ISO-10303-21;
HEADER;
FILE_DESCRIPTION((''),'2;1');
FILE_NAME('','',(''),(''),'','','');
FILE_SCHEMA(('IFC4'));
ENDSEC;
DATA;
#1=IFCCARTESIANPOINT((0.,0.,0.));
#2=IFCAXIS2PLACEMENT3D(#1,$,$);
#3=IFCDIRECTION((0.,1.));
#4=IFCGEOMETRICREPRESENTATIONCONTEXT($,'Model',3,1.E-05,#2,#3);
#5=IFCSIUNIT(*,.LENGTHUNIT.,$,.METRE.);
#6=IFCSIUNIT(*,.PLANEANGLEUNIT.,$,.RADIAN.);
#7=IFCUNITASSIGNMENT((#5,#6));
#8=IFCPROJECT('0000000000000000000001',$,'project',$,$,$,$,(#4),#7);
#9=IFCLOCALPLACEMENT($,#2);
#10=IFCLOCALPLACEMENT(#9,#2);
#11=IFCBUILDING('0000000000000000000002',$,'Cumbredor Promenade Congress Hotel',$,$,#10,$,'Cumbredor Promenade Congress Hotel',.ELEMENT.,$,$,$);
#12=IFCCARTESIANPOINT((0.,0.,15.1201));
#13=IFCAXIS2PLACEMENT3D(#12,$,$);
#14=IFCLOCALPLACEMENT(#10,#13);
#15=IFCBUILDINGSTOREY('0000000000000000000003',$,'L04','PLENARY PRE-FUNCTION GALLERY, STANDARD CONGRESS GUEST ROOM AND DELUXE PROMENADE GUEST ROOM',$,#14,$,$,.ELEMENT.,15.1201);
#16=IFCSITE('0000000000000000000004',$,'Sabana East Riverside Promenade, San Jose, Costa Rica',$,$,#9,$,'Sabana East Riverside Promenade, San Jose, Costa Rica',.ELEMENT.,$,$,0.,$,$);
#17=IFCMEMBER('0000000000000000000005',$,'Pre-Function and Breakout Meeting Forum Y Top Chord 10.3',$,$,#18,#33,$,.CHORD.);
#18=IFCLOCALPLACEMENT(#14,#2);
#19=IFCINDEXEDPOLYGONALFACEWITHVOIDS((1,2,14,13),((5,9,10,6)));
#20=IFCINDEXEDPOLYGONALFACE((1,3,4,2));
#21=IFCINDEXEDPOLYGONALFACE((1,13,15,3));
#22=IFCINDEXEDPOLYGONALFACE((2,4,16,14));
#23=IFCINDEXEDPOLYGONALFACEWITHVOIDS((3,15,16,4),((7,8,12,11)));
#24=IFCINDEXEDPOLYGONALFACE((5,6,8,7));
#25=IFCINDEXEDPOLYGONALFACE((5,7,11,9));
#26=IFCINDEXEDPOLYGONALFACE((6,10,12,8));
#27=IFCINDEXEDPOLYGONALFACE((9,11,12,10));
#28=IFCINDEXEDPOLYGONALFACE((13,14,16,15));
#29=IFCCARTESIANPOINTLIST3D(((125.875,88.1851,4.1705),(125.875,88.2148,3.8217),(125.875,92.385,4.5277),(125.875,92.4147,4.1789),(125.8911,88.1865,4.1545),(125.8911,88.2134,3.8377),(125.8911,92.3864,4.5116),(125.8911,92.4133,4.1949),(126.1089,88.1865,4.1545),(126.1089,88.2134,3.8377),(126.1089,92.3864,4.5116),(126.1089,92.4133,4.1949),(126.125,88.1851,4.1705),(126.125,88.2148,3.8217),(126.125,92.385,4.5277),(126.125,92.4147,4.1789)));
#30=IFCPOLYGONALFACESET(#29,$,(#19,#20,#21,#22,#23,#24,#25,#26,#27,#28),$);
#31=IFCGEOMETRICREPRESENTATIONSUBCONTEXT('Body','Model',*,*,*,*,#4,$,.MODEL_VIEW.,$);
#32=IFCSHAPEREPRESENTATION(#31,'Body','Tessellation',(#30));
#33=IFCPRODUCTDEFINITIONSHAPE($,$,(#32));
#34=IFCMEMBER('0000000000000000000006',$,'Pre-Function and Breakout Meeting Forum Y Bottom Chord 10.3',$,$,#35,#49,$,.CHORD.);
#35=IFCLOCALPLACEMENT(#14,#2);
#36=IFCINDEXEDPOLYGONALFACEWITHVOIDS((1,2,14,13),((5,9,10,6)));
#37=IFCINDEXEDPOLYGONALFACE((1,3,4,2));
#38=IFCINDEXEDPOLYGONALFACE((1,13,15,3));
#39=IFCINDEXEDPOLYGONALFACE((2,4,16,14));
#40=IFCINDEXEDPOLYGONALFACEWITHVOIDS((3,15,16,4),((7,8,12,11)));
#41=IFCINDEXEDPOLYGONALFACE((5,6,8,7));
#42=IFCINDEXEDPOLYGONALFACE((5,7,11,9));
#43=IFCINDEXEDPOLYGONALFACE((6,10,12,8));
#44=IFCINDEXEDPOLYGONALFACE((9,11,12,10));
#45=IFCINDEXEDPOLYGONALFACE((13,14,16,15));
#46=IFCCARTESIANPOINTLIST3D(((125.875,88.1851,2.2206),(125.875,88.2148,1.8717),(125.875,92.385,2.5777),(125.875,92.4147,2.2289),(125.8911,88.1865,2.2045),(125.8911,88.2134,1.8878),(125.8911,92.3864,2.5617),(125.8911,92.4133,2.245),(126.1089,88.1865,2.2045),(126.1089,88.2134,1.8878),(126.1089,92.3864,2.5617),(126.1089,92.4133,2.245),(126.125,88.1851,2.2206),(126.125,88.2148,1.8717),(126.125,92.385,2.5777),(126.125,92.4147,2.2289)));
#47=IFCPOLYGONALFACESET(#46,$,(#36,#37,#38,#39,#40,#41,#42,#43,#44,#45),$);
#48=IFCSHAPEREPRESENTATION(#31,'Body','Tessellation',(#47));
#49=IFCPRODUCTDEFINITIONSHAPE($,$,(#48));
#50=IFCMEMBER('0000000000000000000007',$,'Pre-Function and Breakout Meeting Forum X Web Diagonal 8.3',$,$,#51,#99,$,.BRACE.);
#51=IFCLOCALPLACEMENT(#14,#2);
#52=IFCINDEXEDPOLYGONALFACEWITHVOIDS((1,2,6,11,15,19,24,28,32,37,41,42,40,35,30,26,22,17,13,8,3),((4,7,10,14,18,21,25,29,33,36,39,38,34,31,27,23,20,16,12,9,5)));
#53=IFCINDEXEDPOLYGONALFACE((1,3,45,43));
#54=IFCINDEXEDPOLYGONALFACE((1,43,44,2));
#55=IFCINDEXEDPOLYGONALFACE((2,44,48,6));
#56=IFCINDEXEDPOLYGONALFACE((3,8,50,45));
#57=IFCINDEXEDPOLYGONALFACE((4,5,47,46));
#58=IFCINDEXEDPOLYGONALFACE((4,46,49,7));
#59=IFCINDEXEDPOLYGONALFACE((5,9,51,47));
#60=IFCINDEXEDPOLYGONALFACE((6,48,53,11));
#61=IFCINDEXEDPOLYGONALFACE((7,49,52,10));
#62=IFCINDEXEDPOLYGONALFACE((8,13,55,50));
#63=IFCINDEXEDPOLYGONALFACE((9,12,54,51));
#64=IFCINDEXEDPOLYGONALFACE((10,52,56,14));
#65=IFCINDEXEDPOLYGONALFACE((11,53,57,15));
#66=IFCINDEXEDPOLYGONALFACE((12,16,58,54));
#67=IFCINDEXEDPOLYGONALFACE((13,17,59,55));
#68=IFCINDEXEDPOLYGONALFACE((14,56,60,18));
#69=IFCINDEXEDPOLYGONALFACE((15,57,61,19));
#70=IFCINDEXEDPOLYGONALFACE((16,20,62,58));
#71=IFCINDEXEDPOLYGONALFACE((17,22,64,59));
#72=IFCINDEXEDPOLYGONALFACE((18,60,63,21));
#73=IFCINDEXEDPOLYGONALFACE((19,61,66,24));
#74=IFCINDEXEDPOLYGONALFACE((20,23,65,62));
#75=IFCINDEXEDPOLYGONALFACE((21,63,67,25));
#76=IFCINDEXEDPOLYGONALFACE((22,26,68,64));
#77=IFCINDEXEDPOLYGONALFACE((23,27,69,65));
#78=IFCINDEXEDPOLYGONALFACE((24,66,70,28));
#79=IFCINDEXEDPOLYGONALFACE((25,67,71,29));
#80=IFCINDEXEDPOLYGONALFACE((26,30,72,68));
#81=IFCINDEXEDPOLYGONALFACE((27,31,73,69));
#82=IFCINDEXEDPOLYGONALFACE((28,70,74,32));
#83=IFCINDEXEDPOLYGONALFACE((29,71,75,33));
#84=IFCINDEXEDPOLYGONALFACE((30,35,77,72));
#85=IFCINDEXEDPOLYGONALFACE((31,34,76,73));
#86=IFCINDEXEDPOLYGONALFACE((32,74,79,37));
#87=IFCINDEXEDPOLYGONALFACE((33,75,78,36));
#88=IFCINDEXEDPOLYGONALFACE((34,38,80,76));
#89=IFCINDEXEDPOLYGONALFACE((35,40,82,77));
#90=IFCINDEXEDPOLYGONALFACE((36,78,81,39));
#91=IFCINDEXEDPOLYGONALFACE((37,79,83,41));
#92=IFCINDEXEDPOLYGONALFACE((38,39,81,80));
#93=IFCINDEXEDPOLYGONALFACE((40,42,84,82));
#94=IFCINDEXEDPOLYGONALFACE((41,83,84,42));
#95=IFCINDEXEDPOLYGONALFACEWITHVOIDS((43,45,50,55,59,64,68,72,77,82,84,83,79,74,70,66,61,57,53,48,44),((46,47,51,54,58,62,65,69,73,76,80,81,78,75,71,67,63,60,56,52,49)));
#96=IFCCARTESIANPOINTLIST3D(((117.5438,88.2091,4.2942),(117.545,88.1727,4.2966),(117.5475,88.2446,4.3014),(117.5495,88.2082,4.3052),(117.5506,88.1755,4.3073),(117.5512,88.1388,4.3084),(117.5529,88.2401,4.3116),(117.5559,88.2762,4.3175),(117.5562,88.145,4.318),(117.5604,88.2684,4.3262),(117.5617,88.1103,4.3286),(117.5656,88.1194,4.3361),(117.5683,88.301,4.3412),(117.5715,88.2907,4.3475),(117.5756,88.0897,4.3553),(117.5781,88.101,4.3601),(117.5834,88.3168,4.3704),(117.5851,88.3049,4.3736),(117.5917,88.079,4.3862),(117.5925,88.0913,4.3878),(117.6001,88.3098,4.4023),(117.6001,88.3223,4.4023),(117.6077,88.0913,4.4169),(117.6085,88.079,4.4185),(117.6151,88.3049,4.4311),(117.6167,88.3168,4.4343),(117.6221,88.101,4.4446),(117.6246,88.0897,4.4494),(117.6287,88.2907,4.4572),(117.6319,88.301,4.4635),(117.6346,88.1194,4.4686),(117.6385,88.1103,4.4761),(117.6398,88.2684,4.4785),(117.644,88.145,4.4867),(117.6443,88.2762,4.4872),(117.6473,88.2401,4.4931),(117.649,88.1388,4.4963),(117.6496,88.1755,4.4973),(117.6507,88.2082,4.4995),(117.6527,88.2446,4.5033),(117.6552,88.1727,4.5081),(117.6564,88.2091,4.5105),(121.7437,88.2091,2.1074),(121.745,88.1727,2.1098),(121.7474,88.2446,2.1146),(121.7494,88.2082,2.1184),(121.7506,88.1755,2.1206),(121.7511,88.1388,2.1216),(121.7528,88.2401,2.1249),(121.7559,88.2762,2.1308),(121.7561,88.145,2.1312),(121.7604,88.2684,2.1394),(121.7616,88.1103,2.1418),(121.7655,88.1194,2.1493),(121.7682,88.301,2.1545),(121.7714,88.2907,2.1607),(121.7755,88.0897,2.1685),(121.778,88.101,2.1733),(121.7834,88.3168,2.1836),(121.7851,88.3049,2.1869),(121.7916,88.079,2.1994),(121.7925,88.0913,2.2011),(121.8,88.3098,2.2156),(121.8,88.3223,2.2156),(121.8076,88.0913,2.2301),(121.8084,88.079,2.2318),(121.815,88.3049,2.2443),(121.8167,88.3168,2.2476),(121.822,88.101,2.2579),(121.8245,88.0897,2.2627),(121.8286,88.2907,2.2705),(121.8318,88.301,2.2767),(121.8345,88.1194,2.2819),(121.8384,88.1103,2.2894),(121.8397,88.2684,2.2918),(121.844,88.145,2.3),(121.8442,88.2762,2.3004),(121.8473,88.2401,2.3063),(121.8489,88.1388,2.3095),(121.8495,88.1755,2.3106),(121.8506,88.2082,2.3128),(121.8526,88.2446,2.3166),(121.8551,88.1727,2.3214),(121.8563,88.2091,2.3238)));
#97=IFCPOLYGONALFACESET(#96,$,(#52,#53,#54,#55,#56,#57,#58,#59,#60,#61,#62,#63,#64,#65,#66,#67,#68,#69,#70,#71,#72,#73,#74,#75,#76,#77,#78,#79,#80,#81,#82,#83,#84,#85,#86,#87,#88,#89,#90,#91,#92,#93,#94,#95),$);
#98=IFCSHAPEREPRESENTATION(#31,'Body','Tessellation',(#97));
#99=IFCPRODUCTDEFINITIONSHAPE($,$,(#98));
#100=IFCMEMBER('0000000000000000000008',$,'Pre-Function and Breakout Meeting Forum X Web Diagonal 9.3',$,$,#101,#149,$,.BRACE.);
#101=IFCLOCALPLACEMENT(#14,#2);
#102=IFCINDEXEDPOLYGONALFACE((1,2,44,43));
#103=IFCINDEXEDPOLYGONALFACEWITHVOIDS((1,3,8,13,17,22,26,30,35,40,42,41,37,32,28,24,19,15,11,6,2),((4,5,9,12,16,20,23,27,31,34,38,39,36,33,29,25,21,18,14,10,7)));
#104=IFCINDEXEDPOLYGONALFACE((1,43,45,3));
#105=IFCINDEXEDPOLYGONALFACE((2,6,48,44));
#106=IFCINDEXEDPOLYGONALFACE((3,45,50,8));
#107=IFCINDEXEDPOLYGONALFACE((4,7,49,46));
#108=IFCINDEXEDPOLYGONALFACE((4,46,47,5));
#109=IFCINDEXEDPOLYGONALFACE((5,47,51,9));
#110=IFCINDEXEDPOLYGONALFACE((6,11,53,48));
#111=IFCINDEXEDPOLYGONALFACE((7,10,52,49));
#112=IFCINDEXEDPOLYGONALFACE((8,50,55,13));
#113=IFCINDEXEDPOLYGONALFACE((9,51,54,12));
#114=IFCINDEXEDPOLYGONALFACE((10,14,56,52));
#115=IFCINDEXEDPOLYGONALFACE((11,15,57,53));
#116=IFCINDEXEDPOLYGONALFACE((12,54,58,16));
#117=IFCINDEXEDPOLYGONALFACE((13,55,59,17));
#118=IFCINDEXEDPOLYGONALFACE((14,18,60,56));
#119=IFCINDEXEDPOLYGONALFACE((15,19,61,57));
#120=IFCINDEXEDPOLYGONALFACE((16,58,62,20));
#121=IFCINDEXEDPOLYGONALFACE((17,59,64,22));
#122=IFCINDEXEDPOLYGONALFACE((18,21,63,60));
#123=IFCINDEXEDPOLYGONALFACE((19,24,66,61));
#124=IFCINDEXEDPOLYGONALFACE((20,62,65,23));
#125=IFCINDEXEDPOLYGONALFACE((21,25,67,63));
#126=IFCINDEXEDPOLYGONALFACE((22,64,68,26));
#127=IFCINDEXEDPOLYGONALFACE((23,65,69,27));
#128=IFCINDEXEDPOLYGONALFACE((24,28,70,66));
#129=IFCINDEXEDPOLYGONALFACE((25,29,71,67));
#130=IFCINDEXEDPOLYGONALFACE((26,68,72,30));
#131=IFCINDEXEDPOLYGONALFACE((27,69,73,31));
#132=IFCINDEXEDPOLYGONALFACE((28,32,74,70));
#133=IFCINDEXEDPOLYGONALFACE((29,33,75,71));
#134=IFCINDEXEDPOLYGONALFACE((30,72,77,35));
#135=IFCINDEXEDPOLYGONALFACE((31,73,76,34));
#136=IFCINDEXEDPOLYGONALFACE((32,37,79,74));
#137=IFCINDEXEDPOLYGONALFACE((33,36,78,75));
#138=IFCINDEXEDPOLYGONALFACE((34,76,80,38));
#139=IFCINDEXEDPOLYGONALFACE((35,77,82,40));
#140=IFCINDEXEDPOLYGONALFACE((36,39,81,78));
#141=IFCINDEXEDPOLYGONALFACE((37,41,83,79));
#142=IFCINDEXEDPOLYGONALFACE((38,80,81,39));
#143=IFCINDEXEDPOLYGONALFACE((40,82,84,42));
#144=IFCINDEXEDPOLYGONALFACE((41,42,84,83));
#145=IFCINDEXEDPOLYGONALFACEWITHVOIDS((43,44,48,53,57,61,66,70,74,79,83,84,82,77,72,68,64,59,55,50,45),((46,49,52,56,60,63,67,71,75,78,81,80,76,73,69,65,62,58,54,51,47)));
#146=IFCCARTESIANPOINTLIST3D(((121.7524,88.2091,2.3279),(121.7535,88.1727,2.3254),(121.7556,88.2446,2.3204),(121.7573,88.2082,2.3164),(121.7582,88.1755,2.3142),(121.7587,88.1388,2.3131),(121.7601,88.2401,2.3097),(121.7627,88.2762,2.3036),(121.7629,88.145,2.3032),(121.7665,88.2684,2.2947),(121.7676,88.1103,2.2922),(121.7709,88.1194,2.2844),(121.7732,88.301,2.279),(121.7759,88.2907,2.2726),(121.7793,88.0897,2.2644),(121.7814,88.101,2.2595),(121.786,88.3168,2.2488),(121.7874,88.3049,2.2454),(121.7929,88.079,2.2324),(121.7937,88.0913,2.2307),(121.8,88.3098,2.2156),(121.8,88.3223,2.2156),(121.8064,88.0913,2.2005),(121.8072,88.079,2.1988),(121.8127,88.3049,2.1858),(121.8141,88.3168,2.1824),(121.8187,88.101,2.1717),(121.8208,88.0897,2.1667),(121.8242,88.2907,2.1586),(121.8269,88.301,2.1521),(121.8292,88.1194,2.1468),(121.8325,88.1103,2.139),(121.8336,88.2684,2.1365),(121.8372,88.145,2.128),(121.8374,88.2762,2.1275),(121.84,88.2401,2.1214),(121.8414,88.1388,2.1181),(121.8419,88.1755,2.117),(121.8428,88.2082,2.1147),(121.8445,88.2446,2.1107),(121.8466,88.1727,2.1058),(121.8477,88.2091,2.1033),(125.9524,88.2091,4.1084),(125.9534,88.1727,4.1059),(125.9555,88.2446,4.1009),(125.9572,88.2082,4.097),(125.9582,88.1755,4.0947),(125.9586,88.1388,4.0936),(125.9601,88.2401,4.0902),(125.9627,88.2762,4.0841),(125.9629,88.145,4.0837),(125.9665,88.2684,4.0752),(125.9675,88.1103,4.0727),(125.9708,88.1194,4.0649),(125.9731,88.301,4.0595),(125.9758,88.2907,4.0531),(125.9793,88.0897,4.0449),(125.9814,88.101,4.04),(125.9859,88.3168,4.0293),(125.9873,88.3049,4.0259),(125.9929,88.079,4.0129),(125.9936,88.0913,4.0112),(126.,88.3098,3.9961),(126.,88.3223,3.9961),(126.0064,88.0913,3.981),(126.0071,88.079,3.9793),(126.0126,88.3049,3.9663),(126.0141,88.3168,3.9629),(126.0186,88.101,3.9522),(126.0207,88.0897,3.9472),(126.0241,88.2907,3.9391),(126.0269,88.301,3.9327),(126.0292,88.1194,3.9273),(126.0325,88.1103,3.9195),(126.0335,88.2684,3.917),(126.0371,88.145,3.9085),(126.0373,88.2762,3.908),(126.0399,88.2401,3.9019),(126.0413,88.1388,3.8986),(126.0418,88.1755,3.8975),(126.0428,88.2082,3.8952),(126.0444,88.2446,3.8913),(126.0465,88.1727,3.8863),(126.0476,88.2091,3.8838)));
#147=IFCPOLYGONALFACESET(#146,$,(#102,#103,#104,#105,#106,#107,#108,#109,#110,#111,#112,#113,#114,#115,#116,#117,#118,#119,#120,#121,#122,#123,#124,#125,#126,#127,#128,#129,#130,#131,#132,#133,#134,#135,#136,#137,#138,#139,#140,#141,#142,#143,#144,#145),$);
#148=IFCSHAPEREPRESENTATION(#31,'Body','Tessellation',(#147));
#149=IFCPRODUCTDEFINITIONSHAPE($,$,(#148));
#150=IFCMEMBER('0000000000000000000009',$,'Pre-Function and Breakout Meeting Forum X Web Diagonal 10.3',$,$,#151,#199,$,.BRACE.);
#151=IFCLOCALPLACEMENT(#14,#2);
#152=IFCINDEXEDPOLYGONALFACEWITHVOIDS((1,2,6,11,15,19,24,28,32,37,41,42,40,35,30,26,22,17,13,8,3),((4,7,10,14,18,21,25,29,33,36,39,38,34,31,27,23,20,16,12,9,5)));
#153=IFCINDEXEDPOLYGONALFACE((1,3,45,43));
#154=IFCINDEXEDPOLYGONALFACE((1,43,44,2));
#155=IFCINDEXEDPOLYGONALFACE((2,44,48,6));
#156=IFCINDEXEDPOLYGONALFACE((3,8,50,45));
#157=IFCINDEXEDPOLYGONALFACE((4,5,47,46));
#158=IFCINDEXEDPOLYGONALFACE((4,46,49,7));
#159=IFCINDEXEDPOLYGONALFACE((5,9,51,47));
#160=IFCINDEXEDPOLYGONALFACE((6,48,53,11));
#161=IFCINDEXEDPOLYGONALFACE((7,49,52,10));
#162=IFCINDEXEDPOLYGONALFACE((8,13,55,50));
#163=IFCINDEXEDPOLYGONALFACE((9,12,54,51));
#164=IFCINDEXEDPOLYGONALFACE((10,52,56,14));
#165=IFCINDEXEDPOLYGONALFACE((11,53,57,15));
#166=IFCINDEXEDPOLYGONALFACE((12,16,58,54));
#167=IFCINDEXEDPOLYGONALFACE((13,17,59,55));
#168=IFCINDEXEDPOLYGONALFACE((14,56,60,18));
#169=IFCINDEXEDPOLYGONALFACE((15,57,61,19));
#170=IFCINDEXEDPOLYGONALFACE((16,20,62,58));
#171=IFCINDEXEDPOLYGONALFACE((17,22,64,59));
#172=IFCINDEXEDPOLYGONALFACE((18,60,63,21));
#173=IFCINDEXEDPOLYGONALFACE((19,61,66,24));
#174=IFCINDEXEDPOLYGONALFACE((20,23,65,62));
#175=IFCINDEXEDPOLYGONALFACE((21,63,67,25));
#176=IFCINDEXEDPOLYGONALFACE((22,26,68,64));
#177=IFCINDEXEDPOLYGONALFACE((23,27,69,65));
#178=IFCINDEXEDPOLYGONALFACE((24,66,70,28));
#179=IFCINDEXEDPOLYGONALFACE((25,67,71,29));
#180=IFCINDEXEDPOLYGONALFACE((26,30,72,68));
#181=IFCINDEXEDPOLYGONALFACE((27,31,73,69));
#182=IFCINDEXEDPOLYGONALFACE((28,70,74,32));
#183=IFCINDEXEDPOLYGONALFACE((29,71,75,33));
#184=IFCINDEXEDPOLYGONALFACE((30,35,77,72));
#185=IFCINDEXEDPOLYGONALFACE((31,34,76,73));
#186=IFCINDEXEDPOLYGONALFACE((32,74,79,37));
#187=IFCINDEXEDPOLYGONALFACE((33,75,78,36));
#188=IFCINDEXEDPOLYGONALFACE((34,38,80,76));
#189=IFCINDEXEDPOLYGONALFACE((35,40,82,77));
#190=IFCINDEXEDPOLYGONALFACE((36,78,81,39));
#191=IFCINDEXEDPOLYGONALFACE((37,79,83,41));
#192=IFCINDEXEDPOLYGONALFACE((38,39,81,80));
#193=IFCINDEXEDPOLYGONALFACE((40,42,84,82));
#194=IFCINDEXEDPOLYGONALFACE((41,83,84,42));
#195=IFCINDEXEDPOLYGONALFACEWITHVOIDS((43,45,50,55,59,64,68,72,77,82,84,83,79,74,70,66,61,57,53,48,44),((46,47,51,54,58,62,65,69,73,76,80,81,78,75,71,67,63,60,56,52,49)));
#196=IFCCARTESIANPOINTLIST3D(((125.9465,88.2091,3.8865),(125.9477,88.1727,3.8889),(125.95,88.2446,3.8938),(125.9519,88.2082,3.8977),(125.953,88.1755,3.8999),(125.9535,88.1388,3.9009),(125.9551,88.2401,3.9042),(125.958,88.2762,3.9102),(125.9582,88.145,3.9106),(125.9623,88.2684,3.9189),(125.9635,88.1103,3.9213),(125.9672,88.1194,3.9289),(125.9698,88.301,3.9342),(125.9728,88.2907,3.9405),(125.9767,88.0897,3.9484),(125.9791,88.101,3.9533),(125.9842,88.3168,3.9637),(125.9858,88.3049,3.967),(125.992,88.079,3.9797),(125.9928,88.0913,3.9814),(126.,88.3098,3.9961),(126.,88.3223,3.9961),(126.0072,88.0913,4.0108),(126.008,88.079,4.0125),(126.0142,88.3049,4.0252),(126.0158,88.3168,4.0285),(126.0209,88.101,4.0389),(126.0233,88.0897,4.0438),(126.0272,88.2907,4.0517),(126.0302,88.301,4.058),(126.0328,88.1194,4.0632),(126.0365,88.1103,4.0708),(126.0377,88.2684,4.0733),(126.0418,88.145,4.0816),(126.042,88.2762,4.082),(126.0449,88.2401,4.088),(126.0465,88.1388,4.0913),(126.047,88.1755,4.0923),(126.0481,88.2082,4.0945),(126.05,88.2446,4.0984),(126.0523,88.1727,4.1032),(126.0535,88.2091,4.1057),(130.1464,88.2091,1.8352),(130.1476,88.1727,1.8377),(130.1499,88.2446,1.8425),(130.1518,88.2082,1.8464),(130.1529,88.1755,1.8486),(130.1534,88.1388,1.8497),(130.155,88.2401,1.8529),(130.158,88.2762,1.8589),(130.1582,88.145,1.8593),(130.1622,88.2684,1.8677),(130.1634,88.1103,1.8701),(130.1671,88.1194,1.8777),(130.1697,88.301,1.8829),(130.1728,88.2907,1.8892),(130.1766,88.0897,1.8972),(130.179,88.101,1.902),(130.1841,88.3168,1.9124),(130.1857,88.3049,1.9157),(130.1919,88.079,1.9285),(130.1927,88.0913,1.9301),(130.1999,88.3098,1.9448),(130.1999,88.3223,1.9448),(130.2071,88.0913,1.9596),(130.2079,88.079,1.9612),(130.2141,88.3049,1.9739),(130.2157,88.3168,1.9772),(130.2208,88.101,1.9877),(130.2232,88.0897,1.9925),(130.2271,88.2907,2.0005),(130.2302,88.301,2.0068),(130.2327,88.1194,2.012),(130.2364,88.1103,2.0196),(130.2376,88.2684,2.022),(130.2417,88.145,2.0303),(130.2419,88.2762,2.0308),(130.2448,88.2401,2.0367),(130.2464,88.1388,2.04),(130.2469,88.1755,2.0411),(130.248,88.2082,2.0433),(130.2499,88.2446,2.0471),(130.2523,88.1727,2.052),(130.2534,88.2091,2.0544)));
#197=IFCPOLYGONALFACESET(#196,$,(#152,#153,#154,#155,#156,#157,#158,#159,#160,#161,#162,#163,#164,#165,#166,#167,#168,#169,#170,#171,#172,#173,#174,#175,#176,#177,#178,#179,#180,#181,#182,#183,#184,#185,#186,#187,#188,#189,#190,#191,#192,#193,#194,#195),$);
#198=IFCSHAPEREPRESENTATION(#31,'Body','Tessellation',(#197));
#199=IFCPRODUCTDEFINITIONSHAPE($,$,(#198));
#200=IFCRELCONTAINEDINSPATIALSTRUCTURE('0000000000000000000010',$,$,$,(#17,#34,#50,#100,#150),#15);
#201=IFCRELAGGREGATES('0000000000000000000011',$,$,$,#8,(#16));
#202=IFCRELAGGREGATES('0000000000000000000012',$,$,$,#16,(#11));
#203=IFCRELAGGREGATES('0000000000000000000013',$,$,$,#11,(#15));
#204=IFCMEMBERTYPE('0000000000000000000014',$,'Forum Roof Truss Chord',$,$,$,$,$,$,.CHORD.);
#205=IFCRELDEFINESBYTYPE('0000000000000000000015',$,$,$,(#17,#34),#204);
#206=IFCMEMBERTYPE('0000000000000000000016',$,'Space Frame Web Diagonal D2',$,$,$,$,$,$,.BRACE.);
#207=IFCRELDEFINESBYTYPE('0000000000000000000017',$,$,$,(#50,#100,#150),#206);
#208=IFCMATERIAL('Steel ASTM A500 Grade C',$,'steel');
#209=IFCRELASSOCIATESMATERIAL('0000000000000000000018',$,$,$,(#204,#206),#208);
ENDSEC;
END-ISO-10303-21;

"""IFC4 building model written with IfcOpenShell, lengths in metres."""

from ifc_helpers import new_model, si_unit, direction, frame, origin, origin_2d, place, context, subcontext, project, spatial, hollow_rectangle, hollow_circle, extrude, material, material_profile, profile_set, type_object, element, save


model = new_model("IFC4")

# Units and contexts
model_context = context("Model", 3, precision=1e-05, world=origin(), true_north=direction((0.0, 1.0)))
body_context = subcontext(model_context, "Body", "Model", "MODEL_VIEW")
ifc_project = project(units=[si_unit("LENGTHUNIT", "METRE"), si_unit("PLANEANGLEUNIT", "RADIAN")], contexts=[model_context])

# Site, building, storey
site_placement = place(None, origin())
site = spatial("IfcSite", under=ifc_project, at=site_placement, Name="Sabana East Riverside Promenade, San Jose, Costa Rica", LongName="Sabana East Riverside Promenade, San Jose, Costa Rica", CompositionType="ELEMENT", RefElevation=0.0)
building_placement = place(site_placement, origin())
building = spatial("IfcBuilding", under=site, at=building_placement, Name="Cumbredor Promenade Congress Hotel", LongName="Cumbredor Promenade Congress Hotel", CompositionType="ELEMENT")
storey_placement = place(building_placement, frame((0.0, 0.0, 15.1201)))
storey = spatial("IfcBuildingStorey", under=building, at=storey_placement, Name="L04", Description="PLENARY PRE-FUNCTION GALLERY, STANDARD CONGRESS GUEST ROOM AND DELUXE PROMENADE GUEST ROOM", CompositionType="ELEMENT", Elevation=15.1201)

# Members
ifc_material_1 = material(Name="Steel ASTM A500 Grade C", Category="steel")
ifc_material_profile_1 = material_profile(ifc_material_1, hollow_rectangle(XDim=0.25, YDim=0.3501, WallThickness=0.0161, at=origin_2d()), Name="HSS 350x250x16")
ifc_profile_set_1 = profile_set([ifc_material_profile_1], Name="Steel ASTM A500 Grade C")
member_type_1 = type_object("IfcMemberType", Name="Forum Roof Truss Chord", PredefinedType="CHORD", material=ifc_profile_set_1)
for number, where, z_axis, x_axis, name in (
    (1, (126.0, 88.2, 3.9961), (0.0, 0.996403, 0.084737), (-1.0, 0.0, 0.0), "Pre-Function and Breakout Meeting Forum Y Top Chord 10.3"),
    (2, (126.0, 88.2, 2.0461), (0.0, 0.996403, 0.084737), (-1.0, 0.0, 0.0), "Pre-Function and Breakout Meeting Forum Y Bottom Chord 10.3"),
):
    element("IfcMember", number, at=place(storey_placement, frame(where, z_axis=z_axis, x_axis=x_axis)), inside=storey, type_object=member_type_1, Name=name, PredefinedType="CHORD", context=body_context, shape_type="SweptSolid", body=[
        extrude(hollow_rectangle(XDim=0.25, YDim=0.3501, WallThickness=0.0161, at=origin_2d()), origin(), (0.0, 0.0, 1.0), 4.2151),
    ])
ifc_material_profile_2 = material_profile(ifc_material_1, hollow_circle(Radius=0.1223, WallThickness=0.0125, at=origin_2d()), Name="CHS 244.5x12.5")
ifc_profile_set_2 = profile_set([ifc_material_profile_2], Name="Steel ASTM A500 Grade C")
member_type_2 = type_object("IfcMemberType", Name="Space Frame Web Diagonal D2", PredefinedType="BRACE", material=ifc_profile_set_2)
member_1_placement = place(storey_placement, frame((117.6001, 88.2, 4.4023), z_axis=(0.886975, 0.0, -0.461817), x_axis=(0.0, 1.0, 0.0)))
element("IfcMember", 3, at=member_1_placement, inside=storey, type_object=member_type_2, Name="Pre-Function and Breakout Meeting Forum X Web Diagonal 8.3", PredefinedType="BRACE", context=body_context, shape_type="SweptSolid", body=[
    extrude(hollow_circle(Radius=0.1223, WallThickness=0.0125, at=origin_2d()), origin(), (0.0, 0.0, 1.0), 4.7351),
])
member_2_placement = place(storey_placement, frame((121.8, 88.2, 2.2156), z_axis=(0.920683, 0.0, 0.390312), x_axis=(0.0, 1.0, 0.0)))
element("IfcMember", 4, at=member_2_placement, inside=storey, type_object=member_type_2, Name="Pre-Function and Breakout Meeting Forum X Web Diagonal 9.3", PredefinedType="BRACE", context=body_context, shape_type="SweptSolid", body=[
    extrude(hollow_circle(Radius=0.1223, WallThickness=0.0125, at=origin_2d()), origin(), (0.0, 0.0, 1.0), 4.5618),
])
member_3_placement = place(storey_placement, frame((126.0, 88.2, 3.9961), z_axis=(0.898556, 0.0, -0.438858), x_axis=(0.0, 1.0, 0.0)))
element("IfcMember", 5, at=member_3_placement, inside=storey, type_object=member_type_2, Name="Pre-Function and Breakout Meeting Forum X Web Diagonal 10.3", PredefinedType="BRACE", context=body_context, shape_type="SweptSolid", body=[
    extrude(hollow_circle(Radius=0.1223, WallThickness=0.0125, at=origin_2d()), origin(), (0.0, 0.0, 1.0), 4.6741),
])

save(model, "model.ifc")
